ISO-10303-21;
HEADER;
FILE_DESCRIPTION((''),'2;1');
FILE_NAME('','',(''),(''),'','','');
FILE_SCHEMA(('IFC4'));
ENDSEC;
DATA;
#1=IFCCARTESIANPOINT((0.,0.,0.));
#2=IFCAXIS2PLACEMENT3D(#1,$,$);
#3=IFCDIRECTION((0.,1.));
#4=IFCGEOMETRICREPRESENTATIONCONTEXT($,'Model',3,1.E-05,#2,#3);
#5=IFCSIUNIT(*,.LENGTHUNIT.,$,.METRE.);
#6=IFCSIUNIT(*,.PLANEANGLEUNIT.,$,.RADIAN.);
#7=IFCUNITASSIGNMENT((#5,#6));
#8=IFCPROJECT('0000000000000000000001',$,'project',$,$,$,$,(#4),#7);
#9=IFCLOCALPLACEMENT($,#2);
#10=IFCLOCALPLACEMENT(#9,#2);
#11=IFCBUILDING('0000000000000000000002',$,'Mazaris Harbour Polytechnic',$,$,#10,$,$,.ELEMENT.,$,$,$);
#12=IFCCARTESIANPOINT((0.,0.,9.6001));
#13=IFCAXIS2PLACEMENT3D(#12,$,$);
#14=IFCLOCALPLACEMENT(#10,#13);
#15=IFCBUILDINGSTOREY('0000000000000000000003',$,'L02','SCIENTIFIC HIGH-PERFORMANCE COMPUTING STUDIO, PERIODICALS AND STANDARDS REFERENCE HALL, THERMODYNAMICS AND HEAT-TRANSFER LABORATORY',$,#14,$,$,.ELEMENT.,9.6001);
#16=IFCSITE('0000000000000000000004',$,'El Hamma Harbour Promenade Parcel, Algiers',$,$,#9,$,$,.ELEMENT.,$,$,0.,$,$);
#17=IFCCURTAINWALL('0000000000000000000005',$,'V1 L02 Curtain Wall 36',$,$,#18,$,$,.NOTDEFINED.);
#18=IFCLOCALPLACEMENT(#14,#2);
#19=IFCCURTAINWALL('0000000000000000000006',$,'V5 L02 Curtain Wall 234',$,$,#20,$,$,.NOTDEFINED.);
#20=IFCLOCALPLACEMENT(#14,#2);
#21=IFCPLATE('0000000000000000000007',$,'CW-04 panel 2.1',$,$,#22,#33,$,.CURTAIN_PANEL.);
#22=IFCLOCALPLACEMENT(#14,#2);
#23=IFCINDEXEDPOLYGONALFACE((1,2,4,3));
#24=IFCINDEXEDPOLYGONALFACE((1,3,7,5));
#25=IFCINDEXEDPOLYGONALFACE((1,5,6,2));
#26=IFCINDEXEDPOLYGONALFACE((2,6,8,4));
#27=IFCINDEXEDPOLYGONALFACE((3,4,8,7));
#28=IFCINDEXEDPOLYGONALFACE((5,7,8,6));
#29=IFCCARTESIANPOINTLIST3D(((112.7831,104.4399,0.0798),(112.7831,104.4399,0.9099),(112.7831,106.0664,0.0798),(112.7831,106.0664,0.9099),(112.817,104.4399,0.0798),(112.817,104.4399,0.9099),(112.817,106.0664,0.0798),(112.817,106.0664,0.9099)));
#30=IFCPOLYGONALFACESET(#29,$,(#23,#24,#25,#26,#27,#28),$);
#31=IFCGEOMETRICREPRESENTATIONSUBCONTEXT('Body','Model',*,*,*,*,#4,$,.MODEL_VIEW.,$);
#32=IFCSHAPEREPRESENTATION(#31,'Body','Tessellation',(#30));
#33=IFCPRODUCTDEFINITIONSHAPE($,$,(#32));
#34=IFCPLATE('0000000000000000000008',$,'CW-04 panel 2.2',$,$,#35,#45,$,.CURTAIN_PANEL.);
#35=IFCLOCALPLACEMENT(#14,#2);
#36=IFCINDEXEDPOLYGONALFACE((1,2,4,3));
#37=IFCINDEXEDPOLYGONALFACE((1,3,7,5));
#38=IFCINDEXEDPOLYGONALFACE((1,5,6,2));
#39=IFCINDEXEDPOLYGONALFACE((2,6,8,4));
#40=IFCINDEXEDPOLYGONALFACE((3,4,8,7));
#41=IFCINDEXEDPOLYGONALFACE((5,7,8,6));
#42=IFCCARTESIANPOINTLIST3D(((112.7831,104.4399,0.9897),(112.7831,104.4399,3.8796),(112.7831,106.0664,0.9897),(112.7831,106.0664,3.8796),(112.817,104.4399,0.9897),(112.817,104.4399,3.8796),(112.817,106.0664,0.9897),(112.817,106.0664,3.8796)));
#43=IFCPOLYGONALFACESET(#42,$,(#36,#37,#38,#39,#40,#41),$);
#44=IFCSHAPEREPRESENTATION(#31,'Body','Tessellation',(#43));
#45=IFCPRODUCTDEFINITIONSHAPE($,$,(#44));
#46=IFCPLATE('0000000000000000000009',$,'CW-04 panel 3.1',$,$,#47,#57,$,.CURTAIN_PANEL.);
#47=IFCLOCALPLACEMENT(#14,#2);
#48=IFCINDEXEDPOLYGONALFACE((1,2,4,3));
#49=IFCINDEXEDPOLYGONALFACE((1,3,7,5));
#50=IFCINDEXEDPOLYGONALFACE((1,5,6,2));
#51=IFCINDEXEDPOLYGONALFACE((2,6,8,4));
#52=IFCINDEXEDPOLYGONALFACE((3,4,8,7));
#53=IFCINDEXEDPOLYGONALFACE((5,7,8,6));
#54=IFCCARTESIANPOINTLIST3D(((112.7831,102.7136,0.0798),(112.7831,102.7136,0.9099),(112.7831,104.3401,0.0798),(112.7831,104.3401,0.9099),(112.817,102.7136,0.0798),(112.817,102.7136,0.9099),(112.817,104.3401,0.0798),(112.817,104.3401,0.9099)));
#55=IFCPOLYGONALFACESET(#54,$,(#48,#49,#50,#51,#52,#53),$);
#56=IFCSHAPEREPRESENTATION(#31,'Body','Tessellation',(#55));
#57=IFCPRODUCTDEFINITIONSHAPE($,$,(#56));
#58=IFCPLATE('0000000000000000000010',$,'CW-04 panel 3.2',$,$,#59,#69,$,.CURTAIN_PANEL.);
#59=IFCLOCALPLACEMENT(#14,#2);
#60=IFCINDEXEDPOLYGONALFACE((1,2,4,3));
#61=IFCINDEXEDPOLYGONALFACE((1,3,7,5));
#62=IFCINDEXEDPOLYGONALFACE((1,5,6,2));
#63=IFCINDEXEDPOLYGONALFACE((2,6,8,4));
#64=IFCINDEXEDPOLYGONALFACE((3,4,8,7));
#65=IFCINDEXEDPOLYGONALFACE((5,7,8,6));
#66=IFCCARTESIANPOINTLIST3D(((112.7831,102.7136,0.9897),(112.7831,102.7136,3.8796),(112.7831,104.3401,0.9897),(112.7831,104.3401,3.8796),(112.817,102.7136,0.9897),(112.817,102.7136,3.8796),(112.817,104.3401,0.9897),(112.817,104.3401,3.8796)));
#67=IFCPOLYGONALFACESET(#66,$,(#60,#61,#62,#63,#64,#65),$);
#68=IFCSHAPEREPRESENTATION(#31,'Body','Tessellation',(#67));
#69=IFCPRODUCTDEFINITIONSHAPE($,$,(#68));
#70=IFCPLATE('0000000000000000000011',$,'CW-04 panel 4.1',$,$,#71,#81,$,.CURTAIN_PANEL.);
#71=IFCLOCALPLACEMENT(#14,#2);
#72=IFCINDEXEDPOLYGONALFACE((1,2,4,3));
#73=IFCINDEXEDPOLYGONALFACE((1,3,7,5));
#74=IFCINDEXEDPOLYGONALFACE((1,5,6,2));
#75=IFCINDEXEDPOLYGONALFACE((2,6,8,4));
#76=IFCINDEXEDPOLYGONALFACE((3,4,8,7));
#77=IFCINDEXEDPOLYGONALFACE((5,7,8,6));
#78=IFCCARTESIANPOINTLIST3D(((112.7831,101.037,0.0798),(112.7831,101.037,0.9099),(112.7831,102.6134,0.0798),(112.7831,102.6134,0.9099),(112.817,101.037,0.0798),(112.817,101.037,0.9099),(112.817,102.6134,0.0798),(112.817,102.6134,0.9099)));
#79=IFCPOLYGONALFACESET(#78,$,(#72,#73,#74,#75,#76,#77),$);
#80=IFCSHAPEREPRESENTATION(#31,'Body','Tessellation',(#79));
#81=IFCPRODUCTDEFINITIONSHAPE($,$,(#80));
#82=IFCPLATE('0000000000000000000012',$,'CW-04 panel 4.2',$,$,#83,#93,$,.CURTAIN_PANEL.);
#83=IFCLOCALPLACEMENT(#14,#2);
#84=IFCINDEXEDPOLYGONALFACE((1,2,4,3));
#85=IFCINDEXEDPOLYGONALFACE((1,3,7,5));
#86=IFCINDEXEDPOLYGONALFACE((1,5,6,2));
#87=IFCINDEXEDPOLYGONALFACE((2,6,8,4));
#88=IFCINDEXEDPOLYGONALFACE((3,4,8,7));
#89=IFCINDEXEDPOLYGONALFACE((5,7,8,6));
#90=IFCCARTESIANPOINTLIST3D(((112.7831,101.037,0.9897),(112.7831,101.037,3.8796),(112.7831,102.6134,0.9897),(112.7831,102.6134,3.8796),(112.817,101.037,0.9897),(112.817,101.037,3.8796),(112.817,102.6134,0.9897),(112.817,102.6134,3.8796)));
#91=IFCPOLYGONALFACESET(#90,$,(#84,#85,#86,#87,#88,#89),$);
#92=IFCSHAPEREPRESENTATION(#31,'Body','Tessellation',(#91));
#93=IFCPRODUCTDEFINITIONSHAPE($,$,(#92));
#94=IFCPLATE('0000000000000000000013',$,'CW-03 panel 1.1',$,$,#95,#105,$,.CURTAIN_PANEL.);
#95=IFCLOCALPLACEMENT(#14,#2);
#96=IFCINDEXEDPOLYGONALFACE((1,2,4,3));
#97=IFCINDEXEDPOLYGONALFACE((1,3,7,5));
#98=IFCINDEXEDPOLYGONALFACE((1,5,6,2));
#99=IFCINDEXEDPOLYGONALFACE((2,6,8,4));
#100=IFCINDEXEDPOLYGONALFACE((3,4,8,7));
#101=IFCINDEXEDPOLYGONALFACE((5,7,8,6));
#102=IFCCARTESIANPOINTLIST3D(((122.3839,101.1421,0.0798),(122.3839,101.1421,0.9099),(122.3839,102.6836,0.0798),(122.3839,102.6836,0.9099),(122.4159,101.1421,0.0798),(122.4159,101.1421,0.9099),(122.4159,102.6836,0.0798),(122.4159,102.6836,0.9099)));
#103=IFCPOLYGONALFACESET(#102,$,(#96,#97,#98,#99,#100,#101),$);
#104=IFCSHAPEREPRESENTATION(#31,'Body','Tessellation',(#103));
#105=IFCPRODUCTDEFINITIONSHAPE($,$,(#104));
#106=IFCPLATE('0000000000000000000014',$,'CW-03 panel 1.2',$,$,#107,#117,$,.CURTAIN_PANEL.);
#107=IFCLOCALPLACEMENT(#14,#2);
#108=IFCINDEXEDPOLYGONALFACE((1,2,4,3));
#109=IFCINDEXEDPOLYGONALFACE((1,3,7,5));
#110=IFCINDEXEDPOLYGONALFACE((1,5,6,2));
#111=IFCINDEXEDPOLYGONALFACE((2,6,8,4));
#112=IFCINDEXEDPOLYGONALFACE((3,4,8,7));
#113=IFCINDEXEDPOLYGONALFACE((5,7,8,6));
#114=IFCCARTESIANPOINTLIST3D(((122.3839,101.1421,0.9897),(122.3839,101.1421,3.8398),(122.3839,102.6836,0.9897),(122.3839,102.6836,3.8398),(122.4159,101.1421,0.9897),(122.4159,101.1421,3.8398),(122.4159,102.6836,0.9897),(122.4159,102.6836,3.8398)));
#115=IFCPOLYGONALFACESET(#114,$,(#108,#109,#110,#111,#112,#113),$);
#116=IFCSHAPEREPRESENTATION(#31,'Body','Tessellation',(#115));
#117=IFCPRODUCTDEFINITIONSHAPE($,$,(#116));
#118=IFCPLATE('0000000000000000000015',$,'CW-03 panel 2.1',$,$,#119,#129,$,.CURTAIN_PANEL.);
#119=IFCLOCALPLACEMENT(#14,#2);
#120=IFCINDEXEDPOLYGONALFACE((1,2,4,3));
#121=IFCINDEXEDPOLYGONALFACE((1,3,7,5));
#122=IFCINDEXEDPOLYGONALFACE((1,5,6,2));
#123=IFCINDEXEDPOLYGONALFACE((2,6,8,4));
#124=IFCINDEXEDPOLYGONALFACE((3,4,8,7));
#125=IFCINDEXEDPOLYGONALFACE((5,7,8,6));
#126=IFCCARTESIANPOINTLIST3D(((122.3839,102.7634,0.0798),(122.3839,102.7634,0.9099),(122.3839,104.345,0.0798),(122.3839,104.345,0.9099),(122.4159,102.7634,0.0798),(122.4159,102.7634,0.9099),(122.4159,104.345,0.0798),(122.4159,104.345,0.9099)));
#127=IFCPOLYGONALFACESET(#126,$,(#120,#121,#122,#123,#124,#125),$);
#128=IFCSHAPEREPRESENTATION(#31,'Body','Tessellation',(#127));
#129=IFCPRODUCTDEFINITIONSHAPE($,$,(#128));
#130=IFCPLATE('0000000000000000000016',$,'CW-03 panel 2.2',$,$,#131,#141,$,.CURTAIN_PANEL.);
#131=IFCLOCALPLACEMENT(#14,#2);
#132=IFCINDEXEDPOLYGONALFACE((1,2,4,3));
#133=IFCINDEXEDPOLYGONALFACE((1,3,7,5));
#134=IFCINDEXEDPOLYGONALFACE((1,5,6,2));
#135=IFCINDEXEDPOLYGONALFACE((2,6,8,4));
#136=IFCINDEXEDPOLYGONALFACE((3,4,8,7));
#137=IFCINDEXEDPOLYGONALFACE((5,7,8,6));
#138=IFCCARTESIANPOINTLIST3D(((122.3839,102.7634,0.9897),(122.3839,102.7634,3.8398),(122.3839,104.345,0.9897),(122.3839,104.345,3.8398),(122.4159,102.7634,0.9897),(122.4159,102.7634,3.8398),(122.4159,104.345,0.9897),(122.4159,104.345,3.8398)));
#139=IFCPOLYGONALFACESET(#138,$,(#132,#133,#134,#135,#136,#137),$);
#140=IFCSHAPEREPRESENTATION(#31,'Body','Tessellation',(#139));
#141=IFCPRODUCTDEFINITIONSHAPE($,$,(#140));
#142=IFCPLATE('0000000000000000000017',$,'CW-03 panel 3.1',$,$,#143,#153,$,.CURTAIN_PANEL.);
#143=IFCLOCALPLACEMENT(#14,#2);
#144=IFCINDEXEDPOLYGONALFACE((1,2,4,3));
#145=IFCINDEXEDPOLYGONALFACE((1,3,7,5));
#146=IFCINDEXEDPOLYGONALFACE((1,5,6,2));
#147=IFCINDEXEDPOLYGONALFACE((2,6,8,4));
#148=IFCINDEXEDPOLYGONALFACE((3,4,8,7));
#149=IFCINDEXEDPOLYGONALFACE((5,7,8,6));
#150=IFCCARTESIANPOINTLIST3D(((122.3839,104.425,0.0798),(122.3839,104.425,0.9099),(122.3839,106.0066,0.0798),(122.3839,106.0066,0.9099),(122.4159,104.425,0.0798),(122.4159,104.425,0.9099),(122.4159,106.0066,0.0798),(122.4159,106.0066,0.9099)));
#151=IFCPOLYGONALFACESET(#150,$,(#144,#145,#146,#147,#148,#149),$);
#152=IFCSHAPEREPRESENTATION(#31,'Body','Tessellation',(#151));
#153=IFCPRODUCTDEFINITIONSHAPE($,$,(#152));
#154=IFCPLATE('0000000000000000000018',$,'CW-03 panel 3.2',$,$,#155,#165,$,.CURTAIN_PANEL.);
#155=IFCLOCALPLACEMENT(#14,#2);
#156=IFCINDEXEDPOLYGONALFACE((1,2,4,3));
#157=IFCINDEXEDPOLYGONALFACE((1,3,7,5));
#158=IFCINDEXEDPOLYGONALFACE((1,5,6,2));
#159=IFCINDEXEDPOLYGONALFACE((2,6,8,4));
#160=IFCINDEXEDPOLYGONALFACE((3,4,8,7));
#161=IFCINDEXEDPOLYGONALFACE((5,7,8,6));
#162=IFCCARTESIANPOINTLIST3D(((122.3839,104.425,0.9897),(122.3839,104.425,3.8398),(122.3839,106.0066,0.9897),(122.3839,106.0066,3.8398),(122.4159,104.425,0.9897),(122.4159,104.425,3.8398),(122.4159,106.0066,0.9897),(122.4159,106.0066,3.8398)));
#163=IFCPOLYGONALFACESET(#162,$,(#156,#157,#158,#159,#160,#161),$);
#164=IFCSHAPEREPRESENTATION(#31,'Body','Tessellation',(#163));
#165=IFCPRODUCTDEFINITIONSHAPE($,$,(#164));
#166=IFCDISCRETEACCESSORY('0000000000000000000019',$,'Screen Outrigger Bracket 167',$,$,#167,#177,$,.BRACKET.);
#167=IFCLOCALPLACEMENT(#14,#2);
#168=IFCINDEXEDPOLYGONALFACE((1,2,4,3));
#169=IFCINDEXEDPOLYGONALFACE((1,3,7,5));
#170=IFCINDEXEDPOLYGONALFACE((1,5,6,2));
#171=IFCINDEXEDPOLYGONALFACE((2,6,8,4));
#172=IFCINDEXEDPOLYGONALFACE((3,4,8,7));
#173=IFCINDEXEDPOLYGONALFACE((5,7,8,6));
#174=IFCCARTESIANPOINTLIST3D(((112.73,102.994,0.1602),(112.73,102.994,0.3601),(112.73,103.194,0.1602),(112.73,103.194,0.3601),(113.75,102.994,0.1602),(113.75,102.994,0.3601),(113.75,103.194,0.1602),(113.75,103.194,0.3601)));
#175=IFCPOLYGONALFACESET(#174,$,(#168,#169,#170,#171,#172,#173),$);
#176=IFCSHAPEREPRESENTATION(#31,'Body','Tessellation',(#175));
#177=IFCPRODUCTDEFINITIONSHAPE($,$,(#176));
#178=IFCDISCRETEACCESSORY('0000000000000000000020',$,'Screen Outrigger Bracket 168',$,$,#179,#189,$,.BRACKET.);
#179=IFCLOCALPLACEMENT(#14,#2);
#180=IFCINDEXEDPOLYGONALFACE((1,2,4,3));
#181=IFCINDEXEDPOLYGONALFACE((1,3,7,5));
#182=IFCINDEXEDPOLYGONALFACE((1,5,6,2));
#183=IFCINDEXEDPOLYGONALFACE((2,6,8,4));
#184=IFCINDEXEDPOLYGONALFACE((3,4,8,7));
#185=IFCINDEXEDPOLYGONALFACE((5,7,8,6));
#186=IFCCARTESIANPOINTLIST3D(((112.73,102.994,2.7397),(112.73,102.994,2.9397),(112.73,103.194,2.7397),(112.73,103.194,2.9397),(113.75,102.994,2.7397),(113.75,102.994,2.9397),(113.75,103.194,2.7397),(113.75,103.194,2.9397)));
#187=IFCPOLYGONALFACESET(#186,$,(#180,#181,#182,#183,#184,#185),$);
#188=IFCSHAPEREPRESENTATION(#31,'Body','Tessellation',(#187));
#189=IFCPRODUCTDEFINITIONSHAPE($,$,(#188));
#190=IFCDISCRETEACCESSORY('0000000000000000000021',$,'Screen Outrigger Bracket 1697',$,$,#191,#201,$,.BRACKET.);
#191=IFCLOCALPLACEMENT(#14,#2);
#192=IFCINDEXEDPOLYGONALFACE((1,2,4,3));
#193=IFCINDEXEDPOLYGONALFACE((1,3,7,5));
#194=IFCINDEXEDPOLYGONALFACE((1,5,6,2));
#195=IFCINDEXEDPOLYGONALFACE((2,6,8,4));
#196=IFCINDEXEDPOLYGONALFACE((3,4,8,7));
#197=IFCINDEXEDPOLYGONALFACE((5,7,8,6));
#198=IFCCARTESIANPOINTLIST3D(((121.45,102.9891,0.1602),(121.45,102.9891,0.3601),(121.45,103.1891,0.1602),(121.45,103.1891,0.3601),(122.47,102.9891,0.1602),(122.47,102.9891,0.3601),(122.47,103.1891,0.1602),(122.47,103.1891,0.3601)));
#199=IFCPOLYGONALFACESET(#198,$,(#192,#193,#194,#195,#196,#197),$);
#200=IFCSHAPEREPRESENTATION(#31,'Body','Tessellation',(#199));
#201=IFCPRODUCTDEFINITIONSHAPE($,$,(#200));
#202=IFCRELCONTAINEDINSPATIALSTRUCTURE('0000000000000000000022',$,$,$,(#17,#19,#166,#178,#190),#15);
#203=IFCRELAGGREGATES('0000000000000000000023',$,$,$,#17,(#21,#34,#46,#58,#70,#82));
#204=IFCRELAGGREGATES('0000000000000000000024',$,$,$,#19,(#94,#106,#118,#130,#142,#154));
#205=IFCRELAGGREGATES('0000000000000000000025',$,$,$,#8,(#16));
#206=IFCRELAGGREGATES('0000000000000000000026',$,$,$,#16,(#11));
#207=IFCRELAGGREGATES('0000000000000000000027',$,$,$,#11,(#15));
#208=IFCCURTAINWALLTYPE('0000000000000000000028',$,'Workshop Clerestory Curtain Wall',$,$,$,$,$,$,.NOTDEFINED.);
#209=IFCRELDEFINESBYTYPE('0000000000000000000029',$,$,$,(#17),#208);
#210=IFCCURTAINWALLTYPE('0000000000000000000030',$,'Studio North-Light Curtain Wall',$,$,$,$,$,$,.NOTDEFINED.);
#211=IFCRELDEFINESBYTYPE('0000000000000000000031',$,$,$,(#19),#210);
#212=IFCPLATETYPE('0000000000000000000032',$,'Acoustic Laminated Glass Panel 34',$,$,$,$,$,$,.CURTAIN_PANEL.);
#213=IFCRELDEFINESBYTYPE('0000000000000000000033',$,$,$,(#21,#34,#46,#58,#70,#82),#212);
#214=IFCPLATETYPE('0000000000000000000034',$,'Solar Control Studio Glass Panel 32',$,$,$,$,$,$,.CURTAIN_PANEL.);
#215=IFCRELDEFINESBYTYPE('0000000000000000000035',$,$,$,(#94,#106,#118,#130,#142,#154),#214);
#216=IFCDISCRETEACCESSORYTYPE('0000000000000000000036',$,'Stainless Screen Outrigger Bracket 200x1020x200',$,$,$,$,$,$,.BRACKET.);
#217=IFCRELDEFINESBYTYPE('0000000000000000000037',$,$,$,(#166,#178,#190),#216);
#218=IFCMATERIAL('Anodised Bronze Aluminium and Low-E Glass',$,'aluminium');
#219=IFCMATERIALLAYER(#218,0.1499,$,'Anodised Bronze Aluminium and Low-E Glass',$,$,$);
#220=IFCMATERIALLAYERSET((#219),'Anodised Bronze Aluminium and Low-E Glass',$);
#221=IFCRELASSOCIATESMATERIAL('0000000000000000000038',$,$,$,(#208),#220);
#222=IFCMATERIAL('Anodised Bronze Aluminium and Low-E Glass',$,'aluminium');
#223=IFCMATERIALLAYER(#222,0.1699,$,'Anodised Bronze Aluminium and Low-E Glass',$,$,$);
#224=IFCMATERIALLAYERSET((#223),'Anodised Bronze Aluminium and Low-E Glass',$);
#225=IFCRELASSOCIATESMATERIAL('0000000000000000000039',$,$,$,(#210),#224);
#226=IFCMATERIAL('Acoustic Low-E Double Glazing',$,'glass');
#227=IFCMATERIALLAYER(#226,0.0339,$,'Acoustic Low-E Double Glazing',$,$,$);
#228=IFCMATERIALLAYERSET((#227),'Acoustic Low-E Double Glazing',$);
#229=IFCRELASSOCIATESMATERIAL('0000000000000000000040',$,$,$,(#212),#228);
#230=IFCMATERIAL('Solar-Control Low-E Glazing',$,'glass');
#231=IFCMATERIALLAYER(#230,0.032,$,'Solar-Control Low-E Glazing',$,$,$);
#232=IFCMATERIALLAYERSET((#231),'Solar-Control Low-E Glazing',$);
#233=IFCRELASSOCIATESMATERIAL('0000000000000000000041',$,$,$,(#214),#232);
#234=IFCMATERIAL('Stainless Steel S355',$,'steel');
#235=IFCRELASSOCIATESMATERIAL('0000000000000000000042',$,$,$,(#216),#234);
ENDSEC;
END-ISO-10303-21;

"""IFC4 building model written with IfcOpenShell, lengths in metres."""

from ifc_helpers import new_model, si_unit, direction, frame, origin, origin_2d, place, context, subcontext, project, spatial, rectangle, extrude, material, layer, layer_set, type_object, element, aggregate, save


model = new_model("IFC4")

# Units and contexts
model_context = context("Model", 3, precision=1e-05, world=origin(), true_north=direction((0.0, 1.0)))
body_context = subcontext(model_context, "Body", "Model", "MODEL_VIEW")
ifc_project = project(units=[si_unit("LENGTHUNIT", "METRE"), si_unit("PLANEANGLEUNIT", "RADIAN")], contexts=[model_context])

# Site, building, storey
site_placement = place(None, origin())
site = spatial("IfcSite", under=ifc_project, at=site_placement, Name="El Hamma Harbour Promenade Parcel, Algiers", CompositionType="ELEMENT", RefElevation=0.0)
building_placement = place(site_placement, origin())
building = spatial("IfcBuilding", under=site, at=building_placement, Name="Mazaris Harbour Polytechnic", CompositionType="ELEMENT")
storey_placement = place(building_placement, frame((0.0, 0.0, 9.6001)))
storey = spatial("IfcBuildingStorey", under=building, at=storey_placement, Name="L02", Description="SCIENTIFIC HIGH-PERFORMANCE COMPUTING STUDIO, PERIODICALS AND STANDARDS REFERENCE HALL, THERMODYNAMICS AND HEAT-TRANSFER LABORATORY", CompositionType="ELEMENT", Elevation=9.6001)

# Curtain walls
ifc_material_1 = material(Name="Anodised Bronze Aluminium and Low-E Glass", Category="aluminium")
ifc_layer_1 = layer(ifc_material_1, 0.1499, Name="Anodised Bronze Aluminium and Low-E Glass")
ifc_layer_set_1 = layer_set([ifc_layer_1], Name="Anodised Bronze Aluminium and Low-E Glass")
curtain_wall_type_1 = type_object("IfcCurtainWallType", Name="Workshop Clerestory Curtain Wall", PredefinedType="NOTDEFINED", material=ifc_layer_set_1)
curtain_wall_1_placement = place(storey_placement, origin())
curtain_wall_1 = element("IfcCurtainWall", 1, at=curtain_wall_1_placement, inside=storey, type_object=curtain_wall_type_1, Name="V1 L02 Curtain Wall 36", PredefinedType="NOTDEFINED")
ifc_material_2 = material(Name="Anodised Bronze Aluminium and Low-E Glass", Category="aluminium")
ifc_layer_2 = layer(ifc_material_2, 0.1699, Name="Anodised Bronze Aluminium and Low-E Glass")
ifc_layer_set_2 = layer_set([ifc_layer_2], Name="Anodised Bronze Aluminium and Low-E Glass")
curtain_wall_type_2 = type_object("IfcCurtainWallType", Name="Studio North-Light Curtain Wall", PredefinedType="NOTDEFINED", material=ifc_layer_set_2)
curtain_wall_2_placement = place(storey_placement, origin())
curtain_wall_2 = element("IfcCurtainWall", 2, at=curtain_wall_2_placement, inside=storey, type_object=curtain_wall_type_2, Name="V5 L02 Curtain Wall 234", PredefinedType="NOTDEFINED")

# Plates
ifc_material_3 = material(Name="Acoustic Low-E Double Glazing", Category="glass")
ifc_layer_3 = layer(ifc_material_3, 0.0339, Name="Acoustic Low-E Double Glazing")
ifc_layer_set_3 = layer_set([ifc_layer_3], Name="Acoustic Low-E Double Glazing")
plate_type_1 = type_object("IfcPlateType", Name="Acoustic Laminated Glass Panel 34", PredefinedType="CURTAIN_PANEL", material=ifc_layer_set_3)
plate_1_placement = place(storey_placement, frame((112.8, 105.2532, 0.0798), z_axis=(0.0, 0.0, 1.0), x_axis=(0.0, -1.0, 0.0)))
plate_1 = element("IfcPlate", 3, at=plate_1_placement, type_object=plate_type_1, Name="CW-04 panel 2.1", PredefinedType="CURTAIN_PANEL", context=body_context, shape_type="SweptSolid", body=[
    extrude(rectangle(XDim=1.6265, YDim=0.0339, at=origin_2d()), origin(), (0.0, 0.0, 1.0), 0.8301),
])
plate_2_placement = place(storey_placement, frame((112.8, 105.2532, 0.9897), z_axis=(0.0, 0.0, 1.0), x_axis=(0.0, -1.0, 0.0)))
plate_2 = element("IfcPlate", 4, at=plate_2_placement, type_object=plate_type_1, Name="CW-04 panel 2.2", PredefinedType="CURTAIN_PANEL", context=body_context, shape_type="SweptSolid", body=[
    extrude(rectangle(XDim=1.6265, YDim=0.0339, at=origin_2d()), origin(), (0.0, 0.0, 1.0), 2.8899),
])
plate_3_placement = place(storey_placement, frame((112.8, 103.5269, 0.0798), z_axis=(0.0, 0.0, 1.0), x_axis=(0.0, -1.0, 0.0)))
plate_3 = element("IfcPlate", 5, at=plate_3_placement, type_object=plate_type_1, Name="CW-04 panel 3.1", PredefinedType="CURTAIN_PANEL", context=body_context, shape_type="SweptSolid", body=[
    extrude(rectangle(XDim=1.6265, YDim=0.0339, at=origin_2d()), origin(), (0.0, 0.0, 1.0), 0.8301),
])
plate_4_placement = place(storey_placement, frame((112.8, 103.5269, 0.9897), z_axis=(0.0, 0.0, 1.0), x_axis=(0.0, -1.0, 0.0)))
plate_4 = element("IfcPlate", 6, at=plate_4_placement, type_object=plate_type_1, Name="CW-04 panel 3.2", PredefinedType="CURTAIN_PANEL", context=body_context, shape_type="SweptSolid", body=[
    extrude(rectangle(XDim=1.6265, YDim=0.0339, at=origin_2d()), origin(), (0.0, 0.0, 1.0), 2.8899),
])
plate_5_placement = place(storey_placement, frame((112.8, 101.8252, 0.0798), z_axis=(0.0, 0.0, 1.0), x_axis=(0.0, -1.0, 0.0)))
plate_5 = element("IfcPlate", 7, at=plate_5_placement, type_object=plate_type_1, Name="CW-04 panel 4.1", PredefinedType="CURTAIN_PANEL", context=body_context, shape_type="SweptSolid", body=[
    extrude(rectangle(XDim=1.5764, YDim=0.0339, at=origin_2d()), origin(), (0.0, 0.0, 1.0), 0.8301),
])
plate_6_placement = place(storey_placement, frame((112.8, 101.8252, 0.9897), z_axis=(0.0, 0.0, 1.0), x_axis=(0.0, -1.0, 0.0)))
plate_6 = element("IfcPlate", 8, at=plate_6_placement, type_object=plate_type_1, Name="CW-04 panel 4.2", PredefinedType="CURTAIN_PANEL", context=body_context, shape_type="SweptSolid", body=[
    extrude(rectangle(XDim=1.5764, YDim=0.0339, at=origin_2d()), origin(), (0.0, 0.0, 1.0), 2.8899),
])
aggregate(curtain_wall_1, [plate_1, plate_2, plate_3, plate_4, plate_5, plate_6])
ifc_material_4 = material(Name="Solar-Control Low-E Glazing", Category="glass")
ifc_layer_4 = layer(ifc_material_4, 0.032, Name="Solar-Control Low-E Glazing")
ifc_layer_set_4 = layer_set([ifc_layer_4], Name="Solar-Control Low-E Glazing")
plate_type_2 = type_object("IfcPlateType", Name="Solar Control Studio Glass Panel 32", PredefinedType="CURTAIN_PANEL", material=ifc_layer_set_4)
plate_7_placement = place(storey_placement, frame((122.3999, 101.9128, 0.0798), z_axis=(0.0, 0.0, 1.0), x_axis=(0.0, 1.0, 0.0)))
plate_7 = element("IfcPlate", 9, at=plate_7_placement, type_object=plate_type_2, Name="CW-03 panel 1.1", PredefinedType="CURTAIN_PANEL", context=body_context, shape_type="SweptSolid", body=[
    extrude(rectangle(XDim=1.5415, YDim=0.032, at=origin_2d()), origin(), (0.0, 0.0, 1.0), 0.8301),
])
plate_8_placement = place(storey_placement, frame((122.3999, 101.9128, 0.9897), z_axis=(0.0, 0.0, 1.0), x_axis=(0.0, 1.0, 0.0)))
plate_8 = element("IfcPlate", 10, at=plate_8_placement, type_object=plate_type_2, Name="CW-03 panel 1.2", PredefinedType="CURTAIN_PANEL", context=body_context, shape_type="SweptSolid", body=[
    extrude(rectangle(XDim=1.5415, YDim=0.032, at=origin_2d()), origin(), (0.0, 0.0, 1.0), 2.8501),
])
plate_9_placement = place(storey_placement, frame((122.3999, 103.5542, 0.0798), z_axis=(0.0, 0.0, 1.0), x_axis=(0.0, 1.0, 0.0)))
plate_9 = element("IfcPlate", 11, at=plate_9_placement, type_object=plate_type_2, Name="CW-03 panel 2.1", PredefinedType="CURTAIN_PANEL", context=body_context, shape_type="SweptSolid", body=[
    extrude(rectangle(XDim=1.5815, YDim=0.032, at=origin_2d()), origin(), (0.0, 0.0, 1.0), 0.8301),
])
plate_10_placement = place(storey_placement, frame((122.3999, 103.5542, 0.9897), z_axis=(0.0, 0.0, 1.0), x_axis=(0.0, 1.0, 0.0)))
plate_10 = element("IfcPlate", 12, at=plate_10_placement, type_object=plate_type_2, Name="CW-03 panel 2.2", PredefinedType="CURTAIN_PANEL", context=body_context, shape_type="SweptSolid", body=[
    extrude(rectangle(XDim=1.5815, YDim=0.032, at=origin_2d()), origin(), (0.0, 0.0, 1.0), 2.8501),
])
plate_11_placement = place(storey_placement, frame((122.3999, 105.2158, 0.0798), z_axis=(0.0, 0.0, 1.0), x_axis=(0.0, 1.0, 0.0)))
plate_11 = element("IfcPlate", 13, at=plate_11_placement, type_object=plate_type_2, Name="CW-03 panel 3.1", PredefinedType="CURTAIN_PANEL", context=body_context, shape_type="SweptSolid", body=[
    extrude(rectangle(XDim=1.5815, YDim=0.032, at=origin_2d()), origin(), (0.0, 0.0, 1.0), 0.8301),
])
plate_12_placement = place(storey_placement, frame((122.3999, 105.2158, 0.9897), z_axis=(0.0, 0.0, 1.0), x_axis=(0.0, 1.0, 0.0)))
plate_12 = element("IfcPlate", 14, at=plate_12_placement, type_object=plate_type_2, Name="CW-03 panel 3.2", PredefinedType="CURTAIN_PANEL", context=body_context, shape_type="SweptSolid", body=[
    extrude(rectangle(XDim=1.5815, YDim=0.032, at=origin_2d()), origin(), (0.0, 0.0, 1.0), 2.8501),
])
aggregate(curtain_wall_2, [plate_7, plate_8, plate_9, plate_10, plate_11, plate_12])

# Discrete accessories
ifc_material_5 = material(Name="Stainless Steel S355", Category="steel")
discrete_accessory_type = type_object("IfcDiscreteAccessoryType", Name="Stainless Screen Outrigger Bracket 200x1020x200", PredefinedType="BRACKET", material=ifc_material_5)
for number, where, z_axis, x_axis, name in (
    (15, (113.24, 103.094, 0.1602), (0.0, 0.0, 1.0), (0.0, -1.0, 0.0), "Screen Outrigger Bracket 167"),
    (16, (113.24, 103.094, 2.7397), (0.0, 0.0, 1.0), (0.0, -1.0, 0.0), "Screen Outrigger Bracket 168"),
    (17, (121.96, 103.0891, 0.1602), (0.0, 0.0, 1.0), (0.0, 1.0, 0.0), "Screen Outrigger Bracket 1697"),
):
    element("IfcDiscreteAccessory", number, at=place(storey_placement, frame(where, z_axis=z_axis, x_axis=x_axis)), inside=storey, type_object=discrete_accessory_type, Name=name, PredefinedType="BRACKET", context=body_context, shape_type="SweptSolid", body=[
        extrude(rectangle(XDim=0.2, YDim=1.02, at=origin_2d()), origin(), (0.0, 0.0, 1.0), 0.2),
    ])

save(model, "model.ifc")
